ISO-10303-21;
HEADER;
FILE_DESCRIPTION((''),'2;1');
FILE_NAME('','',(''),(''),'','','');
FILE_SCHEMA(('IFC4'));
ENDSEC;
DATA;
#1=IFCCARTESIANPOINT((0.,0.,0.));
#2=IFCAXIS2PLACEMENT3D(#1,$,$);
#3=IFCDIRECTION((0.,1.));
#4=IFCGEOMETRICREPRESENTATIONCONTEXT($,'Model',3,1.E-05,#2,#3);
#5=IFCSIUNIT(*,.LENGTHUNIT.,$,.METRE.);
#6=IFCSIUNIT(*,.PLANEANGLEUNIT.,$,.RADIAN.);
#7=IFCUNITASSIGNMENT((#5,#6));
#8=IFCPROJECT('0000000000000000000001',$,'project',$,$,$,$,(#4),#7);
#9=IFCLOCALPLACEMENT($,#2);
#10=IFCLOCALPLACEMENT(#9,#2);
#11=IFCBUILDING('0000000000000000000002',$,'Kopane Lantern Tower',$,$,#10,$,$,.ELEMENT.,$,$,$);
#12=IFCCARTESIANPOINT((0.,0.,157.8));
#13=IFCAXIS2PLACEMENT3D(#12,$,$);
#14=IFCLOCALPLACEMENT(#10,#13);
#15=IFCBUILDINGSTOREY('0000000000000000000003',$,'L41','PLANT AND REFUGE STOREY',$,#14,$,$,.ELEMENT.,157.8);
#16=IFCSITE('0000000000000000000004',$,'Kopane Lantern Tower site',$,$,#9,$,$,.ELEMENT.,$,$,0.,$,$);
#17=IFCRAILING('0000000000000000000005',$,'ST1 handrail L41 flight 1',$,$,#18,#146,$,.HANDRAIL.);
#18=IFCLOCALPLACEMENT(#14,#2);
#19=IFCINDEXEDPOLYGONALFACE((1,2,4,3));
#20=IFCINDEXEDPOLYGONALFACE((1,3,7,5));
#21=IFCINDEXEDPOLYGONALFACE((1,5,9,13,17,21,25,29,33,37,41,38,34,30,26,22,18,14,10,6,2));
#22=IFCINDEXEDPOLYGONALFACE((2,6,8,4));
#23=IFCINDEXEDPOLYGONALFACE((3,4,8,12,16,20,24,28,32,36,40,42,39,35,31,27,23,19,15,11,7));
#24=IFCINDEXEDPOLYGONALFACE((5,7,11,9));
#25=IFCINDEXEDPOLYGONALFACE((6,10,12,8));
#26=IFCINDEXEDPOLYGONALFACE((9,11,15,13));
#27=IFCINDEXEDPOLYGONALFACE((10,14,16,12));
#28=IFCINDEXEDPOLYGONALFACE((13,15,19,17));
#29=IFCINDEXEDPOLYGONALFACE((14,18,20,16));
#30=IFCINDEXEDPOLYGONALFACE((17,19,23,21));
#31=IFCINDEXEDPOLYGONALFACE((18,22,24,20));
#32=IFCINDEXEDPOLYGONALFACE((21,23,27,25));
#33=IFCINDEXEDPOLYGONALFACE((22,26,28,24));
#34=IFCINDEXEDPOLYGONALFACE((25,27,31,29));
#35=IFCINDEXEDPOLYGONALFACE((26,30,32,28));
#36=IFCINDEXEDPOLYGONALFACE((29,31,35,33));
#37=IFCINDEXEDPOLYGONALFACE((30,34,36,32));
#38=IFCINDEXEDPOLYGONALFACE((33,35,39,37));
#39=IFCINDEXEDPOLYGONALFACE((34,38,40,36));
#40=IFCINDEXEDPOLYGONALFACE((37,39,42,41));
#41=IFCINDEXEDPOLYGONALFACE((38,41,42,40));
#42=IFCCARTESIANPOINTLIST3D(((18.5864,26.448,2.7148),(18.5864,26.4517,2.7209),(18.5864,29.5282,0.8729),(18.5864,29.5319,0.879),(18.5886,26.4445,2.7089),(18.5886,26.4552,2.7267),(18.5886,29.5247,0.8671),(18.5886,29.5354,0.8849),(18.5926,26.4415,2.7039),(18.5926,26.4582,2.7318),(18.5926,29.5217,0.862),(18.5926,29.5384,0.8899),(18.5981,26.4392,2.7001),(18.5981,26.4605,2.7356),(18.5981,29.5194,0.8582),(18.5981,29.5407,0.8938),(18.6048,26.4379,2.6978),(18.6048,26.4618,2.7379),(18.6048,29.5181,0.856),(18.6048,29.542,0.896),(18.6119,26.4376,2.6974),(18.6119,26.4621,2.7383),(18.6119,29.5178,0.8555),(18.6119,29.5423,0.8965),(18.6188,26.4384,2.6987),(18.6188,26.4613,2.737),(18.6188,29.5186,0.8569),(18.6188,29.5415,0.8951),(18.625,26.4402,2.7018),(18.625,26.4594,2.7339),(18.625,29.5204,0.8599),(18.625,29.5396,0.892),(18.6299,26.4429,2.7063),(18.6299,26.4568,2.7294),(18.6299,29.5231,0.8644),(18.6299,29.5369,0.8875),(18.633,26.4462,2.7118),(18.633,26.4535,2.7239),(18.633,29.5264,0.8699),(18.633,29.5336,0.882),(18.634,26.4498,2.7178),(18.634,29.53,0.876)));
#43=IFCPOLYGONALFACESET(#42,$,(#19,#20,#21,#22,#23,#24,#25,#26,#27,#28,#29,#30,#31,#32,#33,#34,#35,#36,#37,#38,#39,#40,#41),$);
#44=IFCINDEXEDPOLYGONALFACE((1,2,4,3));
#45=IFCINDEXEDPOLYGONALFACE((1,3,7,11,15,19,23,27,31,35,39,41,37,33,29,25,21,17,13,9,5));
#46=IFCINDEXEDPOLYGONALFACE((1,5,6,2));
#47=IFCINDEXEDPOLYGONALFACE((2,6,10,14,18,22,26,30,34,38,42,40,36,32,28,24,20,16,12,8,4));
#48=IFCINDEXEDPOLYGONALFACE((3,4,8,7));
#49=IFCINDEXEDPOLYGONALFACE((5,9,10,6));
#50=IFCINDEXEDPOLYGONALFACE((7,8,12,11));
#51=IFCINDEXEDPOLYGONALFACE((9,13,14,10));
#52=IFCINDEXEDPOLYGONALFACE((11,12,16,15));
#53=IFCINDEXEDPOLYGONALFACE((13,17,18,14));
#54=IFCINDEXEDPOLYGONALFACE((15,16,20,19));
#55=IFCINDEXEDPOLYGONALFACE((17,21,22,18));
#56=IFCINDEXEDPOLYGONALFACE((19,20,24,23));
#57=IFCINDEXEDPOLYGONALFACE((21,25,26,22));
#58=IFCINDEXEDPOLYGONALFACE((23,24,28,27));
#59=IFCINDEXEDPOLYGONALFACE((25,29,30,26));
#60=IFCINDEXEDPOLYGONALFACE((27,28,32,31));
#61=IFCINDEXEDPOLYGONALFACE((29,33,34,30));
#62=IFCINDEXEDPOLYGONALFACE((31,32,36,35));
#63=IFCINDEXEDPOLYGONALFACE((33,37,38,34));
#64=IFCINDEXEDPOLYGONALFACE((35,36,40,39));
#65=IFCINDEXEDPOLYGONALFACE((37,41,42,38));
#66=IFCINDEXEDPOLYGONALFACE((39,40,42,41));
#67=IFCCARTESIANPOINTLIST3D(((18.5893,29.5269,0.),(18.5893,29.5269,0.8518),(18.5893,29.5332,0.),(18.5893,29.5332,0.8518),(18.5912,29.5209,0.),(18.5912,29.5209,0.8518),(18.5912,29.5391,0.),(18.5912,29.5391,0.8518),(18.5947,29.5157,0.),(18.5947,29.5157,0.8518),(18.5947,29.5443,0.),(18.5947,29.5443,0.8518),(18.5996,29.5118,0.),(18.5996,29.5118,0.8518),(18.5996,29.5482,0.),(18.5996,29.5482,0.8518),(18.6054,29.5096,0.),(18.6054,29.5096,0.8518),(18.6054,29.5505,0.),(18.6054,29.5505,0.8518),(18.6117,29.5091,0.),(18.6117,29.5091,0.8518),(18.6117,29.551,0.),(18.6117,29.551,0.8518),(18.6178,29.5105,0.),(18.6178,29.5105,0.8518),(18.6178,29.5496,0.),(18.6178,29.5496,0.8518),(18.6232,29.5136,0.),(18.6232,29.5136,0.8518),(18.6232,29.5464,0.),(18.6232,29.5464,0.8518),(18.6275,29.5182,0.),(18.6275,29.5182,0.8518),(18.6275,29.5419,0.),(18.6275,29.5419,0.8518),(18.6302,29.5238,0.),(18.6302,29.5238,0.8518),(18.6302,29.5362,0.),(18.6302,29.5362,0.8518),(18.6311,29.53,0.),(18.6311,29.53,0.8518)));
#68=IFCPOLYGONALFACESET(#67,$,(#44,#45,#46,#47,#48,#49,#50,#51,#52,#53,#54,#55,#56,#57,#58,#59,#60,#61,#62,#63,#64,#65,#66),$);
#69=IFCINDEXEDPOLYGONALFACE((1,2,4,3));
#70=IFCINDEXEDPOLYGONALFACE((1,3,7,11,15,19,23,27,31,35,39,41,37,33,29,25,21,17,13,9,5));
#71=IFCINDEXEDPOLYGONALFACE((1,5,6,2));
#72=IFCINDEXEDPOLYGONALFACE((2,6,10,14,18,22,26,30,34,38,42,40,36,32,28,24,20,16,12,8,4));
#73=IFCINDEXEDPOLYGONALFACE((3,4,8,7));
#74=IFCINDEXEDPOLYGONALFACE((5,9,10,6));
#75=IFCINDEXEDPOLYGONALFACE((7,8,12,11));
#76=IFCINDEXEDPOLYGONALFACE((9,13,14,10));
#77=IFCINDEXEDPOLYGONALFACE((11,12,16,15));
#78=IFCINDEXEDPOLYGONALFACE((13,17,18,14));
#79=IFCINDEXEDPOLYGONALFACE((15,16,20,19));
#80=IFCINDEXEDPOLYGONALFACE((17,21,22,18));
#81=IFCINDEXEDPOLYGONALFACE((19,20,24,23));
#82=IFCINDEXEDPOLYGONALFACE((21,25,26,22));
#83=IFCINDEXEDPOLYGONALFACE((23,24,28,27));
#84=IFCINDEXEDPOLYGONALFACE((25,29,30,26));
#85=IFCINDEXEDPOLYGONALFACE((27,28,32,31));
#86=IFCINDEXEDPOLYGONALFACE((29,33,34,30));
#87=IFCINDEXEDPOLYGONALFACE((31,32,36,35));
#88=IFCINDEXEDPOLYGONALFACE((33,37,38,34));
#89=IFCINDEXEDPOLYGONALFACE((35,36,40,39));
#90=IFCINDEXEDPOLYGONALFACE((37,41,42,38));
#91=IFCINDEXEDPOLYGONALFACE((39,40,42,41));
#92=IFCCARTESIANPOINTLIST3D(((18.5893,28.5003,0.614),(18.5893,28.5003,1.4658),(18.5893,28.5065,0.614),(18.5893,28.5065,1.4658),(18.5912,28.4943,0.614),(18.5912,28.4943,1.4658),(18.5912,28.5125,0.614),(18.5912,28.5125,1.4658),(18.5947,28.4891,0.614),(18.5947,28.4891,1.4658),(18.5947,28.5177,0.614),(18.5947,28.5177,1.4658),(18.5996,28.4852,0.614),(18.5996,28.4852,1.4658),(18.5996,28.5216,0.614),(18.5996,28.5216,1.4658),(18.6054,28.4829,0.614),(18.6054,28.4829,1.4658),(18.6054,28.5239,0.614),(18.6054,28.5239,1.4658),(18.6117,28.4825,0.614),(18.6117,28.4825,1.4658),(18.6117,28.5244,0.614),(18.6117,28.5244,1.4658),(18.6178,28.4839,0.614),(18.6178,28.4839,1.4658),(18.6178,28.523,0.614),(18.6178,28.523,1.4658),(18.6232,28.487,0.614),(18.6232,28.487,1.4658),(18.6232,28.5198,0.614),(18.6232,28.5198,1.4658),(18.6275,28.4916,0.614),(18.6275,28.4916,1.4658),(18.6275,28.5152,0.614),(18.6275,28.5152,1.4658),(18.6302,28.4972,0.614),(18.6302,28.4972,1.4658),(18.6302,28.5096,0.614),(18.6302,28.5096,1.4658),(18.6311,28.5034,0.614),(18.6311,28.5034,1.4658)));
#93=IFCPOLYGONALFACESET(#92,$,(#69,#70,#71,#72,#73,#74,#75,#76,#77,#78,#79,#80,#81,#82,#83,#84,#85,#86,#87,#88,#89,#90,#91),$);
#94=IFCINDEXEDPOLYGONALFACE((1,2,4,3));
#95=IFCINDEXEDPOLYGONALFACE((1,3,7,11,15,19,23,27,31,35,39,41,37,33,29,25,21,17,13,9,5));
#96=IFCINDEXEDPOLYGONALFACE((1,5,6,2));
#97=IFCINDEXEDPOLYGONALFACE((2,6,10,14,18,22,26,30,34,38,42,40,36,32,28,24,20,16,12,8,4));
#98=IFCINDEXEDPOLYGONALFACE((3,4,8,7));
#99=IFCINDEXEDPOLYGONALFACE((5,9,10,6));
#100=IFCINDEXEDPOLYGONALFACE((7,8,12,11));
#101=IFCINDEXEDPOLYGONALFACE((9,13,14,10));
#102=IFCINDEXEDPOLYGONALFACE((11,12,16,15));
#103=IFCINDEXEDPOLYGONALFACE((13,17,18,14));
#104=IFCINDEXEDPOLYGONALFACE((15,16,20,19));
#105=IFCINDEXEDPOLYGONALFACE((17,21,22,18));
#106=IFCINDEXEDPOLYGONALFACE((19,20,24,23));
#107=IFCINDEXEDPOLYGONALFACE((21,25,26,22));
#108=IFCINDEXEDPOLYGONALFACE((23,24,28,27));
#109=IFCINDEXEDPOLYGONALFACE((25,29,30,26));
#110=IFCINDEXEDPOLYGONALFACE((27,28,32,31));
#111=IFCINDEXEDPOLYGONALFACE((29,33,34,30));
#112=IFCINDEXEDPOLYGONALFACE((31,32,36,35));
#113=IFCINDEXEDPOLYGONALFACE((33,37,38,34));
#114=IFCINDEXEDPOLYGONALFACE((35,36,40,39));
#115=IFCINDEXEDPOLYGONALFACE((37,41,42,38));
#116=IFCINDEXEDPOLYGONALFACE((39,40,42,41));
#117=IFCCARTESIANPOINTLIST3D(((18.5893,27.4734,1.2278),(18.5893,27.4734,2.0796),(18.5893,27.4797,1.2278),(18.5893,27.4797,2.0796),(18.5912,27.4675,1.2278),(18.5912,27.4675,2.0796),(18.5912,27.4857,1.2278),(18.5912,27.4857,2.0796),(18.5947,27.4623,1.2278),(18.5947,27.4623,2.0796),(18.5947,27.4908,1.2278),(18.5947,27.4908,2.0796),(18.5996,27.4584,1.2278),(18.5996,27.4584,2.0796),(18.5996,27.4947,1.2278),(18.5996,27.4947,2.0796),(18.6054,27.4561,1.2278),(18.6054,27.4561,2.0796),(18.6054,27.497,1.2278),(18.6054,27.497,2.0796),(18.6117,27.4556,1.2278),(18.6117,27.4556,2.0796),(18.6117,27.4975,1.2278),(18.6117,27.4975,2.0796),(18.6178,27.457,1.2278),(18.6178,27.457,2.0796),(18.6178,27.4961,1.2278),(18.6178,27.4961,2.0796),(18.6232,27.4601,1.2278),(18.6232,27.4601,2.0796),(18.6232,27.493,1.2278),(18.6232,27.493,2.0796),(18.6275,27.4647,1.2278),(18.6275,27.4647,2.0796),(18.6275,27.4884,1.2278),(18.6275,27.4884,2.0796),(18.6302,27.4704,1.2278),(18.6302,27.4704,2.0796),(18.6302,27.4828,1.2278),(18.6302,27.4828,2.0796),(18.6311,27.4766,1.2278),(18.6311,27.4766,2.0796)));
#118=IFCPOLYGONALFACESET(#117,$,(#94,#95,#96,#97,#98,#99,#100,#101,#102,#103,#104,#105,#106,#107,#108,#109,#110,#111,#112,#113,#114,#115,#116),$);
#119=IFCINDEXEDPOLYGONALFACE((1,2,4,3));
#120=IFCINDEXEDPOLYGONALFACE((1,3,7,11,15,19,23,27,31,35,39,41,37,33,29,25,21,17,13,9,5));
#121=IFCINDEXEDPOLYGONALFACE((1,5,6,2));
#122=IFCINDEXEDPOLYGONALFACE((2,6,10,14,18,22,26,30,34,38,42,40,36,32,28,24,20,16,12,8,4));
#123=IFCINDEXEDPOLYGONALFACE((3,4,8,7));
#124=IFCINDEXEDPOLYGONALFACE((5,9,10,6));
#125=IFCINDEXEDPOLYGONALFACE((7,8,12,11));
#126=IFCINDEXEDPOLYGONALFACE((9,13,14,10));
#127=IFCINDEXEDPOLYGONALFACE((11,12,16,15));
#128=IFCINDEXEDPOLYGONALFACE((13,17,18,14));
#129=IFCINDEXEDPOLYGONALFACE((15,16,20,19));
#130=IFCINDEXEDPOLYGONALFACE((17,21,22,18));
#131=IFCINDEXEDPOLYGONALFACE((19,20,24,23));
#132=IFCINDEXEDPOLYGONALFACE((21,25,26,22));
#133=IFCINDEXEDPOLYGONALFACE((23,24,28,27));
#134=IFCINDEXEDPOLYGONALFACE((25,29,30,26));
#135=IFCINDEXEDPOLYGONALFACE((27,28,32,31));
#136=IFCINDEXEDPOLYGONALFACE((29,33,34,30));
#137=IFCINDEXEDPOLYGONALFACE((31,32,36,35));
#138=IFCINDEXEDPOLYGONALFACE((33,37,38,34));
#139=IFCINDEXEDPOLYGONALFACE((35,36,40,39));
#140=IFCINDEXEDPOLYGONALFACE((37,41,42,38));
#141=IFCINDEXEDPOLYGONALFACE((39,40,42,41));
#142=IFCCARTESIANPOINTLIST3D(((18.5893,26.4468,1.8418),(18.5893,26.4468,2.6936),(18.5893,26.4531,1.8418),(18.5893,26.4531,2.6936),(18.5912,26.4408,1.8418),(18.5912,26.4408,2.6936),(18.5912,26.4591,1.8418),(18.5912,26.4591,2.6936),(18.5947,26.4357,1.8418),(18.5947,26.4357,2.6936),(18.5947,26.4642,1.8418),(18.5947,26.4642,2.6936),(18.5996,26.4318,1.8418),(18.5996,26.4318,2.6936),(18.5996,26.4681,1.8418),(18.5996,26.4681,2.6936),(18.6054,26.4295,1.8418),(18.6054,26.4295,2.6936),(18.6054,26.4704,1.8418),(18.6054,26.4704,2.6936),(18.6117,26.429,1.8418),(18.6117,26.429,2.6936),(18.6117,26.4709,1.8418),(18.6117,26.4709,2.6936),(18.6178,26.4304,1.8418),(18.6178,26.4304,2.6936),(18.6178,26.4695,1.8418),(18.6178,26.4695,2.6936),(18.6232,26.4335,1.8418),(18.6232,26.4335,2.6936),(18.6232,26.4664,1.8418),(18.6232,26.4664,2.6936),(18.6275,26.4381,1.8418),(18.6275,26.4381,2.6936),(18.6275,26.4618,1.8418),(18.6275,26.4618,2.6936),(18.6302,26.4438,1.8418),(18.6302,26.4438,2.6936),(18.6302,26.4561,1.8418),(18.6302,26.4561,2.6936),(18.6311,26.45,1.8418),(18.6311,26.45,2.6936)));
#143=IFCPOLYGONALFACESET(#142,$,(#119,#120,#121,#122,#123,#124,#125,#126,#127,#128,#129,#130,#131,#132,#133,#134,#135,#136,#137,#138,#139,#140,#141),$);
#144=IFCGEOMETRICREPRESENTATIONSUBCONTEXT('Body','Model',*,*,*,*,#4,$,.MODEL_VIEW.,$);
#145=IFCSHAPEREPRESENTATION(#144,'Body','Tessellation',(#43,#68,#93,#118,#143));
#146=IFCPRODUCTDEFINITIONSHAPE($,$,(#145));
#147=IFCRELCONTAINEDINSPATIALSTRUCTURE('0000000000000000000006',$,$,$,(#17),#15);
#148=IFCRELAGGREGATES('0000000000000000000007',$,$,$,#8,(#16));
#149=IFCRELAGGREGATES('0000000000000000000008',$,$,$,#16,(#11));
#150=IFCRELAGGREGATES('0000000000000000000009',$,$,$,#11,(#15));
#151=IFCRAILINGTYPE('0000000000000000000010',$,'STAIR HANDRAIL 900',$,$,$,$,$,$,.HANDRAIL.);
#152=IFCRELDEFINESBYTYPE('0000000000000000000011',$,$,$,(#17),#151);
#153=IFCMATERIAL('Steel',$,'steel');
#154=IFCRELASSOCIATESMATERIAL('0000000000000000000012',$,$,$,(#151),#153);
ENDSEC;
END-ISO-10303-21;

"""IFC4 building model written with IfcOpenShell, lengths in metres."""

from ifc_helpers import new_model, si_unit, direction, frame, origin, origin_2d, place, context, subcontext, project, spatial, circle, extrude, material, type_object, element, save


model = new_model("IFC4")

# Units and contexts
model_context = context("Model", 3, precision=1e-05, world=origin(), true_north=direction((0.0, 1.0)))
body_context = subcontext(model_context, "Body", "Model", "MODEL_VIEW")
ifc_project = project(units=[si_unit("LENGTHUNIT", "METRE"), si_unit("PLANEANGLEUNIT", "RADIAN")], contexts=[model_context])

# Site, building, storey
site_placement = place(None, origin())
site = spatial("IfcSite", under=ifc_project, at=site_placement, Name="Kopane Lantern Tower site", CompositionType="ELEMENT", RefElevation=0.0)
building_placement = place(site_placement, origin())
building = spatial("IfcBuilding", under=site, at=building_placement, Name="Kopane Lantern Tower", CompositionType="ELEMENT")
storey_placement = place(building_placement, frame((0.0, 0.0, 157.8)))
storey = spatial("IfcBuildingStorey", under=building, at=storey_placement, Name="L41", Description="PLANT AND REFUGE STOREY", CompositionType="ELEMENT", Elevation=157.8)

# Railing
ifc_material_1 = material(Name="Steel", Category="steel")
railing_type = type_object("IfcRailingType", Name="STAIR HANDRAIL 900", PredefinedType="HANDRAIL", material=ifc_material_1)
for number, where, name in (
    (1, (18.6101, 29.53, 0.0), "ST1 handrail L41 flight 1"),
):
    element("IfcRailing", number, at=place(storey_placement, frame(where)), inside=storey, type_object=railing_type, Name=name, PredefinedType="HANDRAIL", context=body_context, shape_type="SweptSolid", body=[
        extrude(circle(Radius=0.0239, at=origin_2d()), frame((0.0, 0.0, 0.876), z_axis=(0.0, -0.85826, 0.513215), x_axis=(1.0, 0.0, 0.0)), (0.0, 0.0, 1.0), 3.5889),
        extrude(circle(Radius=0.021, at=origin_2d()), origin(), (0.0, 0.0, 1.0), 0.8518),
        extrude(circle(Radius=0.021, at=origin_2d()), frame((0.0, -1.0266, 0.614)), (0.0, 0.0, 1.0), 0.8518),
        extrude(circle(Radius=0.021, at=origin_2d()), frame((0.0, -2.0535, 1.2278)), (0.0, 0.0, 1.0), 0.8518),
        extrude(circle(Radius=0.021, at=origin_2d()), frame((0.0, -3.0801, 1.8418)), (0.0, 0.0, 1.0), 0.8518),
    ])

save(model, "model.ifc")
